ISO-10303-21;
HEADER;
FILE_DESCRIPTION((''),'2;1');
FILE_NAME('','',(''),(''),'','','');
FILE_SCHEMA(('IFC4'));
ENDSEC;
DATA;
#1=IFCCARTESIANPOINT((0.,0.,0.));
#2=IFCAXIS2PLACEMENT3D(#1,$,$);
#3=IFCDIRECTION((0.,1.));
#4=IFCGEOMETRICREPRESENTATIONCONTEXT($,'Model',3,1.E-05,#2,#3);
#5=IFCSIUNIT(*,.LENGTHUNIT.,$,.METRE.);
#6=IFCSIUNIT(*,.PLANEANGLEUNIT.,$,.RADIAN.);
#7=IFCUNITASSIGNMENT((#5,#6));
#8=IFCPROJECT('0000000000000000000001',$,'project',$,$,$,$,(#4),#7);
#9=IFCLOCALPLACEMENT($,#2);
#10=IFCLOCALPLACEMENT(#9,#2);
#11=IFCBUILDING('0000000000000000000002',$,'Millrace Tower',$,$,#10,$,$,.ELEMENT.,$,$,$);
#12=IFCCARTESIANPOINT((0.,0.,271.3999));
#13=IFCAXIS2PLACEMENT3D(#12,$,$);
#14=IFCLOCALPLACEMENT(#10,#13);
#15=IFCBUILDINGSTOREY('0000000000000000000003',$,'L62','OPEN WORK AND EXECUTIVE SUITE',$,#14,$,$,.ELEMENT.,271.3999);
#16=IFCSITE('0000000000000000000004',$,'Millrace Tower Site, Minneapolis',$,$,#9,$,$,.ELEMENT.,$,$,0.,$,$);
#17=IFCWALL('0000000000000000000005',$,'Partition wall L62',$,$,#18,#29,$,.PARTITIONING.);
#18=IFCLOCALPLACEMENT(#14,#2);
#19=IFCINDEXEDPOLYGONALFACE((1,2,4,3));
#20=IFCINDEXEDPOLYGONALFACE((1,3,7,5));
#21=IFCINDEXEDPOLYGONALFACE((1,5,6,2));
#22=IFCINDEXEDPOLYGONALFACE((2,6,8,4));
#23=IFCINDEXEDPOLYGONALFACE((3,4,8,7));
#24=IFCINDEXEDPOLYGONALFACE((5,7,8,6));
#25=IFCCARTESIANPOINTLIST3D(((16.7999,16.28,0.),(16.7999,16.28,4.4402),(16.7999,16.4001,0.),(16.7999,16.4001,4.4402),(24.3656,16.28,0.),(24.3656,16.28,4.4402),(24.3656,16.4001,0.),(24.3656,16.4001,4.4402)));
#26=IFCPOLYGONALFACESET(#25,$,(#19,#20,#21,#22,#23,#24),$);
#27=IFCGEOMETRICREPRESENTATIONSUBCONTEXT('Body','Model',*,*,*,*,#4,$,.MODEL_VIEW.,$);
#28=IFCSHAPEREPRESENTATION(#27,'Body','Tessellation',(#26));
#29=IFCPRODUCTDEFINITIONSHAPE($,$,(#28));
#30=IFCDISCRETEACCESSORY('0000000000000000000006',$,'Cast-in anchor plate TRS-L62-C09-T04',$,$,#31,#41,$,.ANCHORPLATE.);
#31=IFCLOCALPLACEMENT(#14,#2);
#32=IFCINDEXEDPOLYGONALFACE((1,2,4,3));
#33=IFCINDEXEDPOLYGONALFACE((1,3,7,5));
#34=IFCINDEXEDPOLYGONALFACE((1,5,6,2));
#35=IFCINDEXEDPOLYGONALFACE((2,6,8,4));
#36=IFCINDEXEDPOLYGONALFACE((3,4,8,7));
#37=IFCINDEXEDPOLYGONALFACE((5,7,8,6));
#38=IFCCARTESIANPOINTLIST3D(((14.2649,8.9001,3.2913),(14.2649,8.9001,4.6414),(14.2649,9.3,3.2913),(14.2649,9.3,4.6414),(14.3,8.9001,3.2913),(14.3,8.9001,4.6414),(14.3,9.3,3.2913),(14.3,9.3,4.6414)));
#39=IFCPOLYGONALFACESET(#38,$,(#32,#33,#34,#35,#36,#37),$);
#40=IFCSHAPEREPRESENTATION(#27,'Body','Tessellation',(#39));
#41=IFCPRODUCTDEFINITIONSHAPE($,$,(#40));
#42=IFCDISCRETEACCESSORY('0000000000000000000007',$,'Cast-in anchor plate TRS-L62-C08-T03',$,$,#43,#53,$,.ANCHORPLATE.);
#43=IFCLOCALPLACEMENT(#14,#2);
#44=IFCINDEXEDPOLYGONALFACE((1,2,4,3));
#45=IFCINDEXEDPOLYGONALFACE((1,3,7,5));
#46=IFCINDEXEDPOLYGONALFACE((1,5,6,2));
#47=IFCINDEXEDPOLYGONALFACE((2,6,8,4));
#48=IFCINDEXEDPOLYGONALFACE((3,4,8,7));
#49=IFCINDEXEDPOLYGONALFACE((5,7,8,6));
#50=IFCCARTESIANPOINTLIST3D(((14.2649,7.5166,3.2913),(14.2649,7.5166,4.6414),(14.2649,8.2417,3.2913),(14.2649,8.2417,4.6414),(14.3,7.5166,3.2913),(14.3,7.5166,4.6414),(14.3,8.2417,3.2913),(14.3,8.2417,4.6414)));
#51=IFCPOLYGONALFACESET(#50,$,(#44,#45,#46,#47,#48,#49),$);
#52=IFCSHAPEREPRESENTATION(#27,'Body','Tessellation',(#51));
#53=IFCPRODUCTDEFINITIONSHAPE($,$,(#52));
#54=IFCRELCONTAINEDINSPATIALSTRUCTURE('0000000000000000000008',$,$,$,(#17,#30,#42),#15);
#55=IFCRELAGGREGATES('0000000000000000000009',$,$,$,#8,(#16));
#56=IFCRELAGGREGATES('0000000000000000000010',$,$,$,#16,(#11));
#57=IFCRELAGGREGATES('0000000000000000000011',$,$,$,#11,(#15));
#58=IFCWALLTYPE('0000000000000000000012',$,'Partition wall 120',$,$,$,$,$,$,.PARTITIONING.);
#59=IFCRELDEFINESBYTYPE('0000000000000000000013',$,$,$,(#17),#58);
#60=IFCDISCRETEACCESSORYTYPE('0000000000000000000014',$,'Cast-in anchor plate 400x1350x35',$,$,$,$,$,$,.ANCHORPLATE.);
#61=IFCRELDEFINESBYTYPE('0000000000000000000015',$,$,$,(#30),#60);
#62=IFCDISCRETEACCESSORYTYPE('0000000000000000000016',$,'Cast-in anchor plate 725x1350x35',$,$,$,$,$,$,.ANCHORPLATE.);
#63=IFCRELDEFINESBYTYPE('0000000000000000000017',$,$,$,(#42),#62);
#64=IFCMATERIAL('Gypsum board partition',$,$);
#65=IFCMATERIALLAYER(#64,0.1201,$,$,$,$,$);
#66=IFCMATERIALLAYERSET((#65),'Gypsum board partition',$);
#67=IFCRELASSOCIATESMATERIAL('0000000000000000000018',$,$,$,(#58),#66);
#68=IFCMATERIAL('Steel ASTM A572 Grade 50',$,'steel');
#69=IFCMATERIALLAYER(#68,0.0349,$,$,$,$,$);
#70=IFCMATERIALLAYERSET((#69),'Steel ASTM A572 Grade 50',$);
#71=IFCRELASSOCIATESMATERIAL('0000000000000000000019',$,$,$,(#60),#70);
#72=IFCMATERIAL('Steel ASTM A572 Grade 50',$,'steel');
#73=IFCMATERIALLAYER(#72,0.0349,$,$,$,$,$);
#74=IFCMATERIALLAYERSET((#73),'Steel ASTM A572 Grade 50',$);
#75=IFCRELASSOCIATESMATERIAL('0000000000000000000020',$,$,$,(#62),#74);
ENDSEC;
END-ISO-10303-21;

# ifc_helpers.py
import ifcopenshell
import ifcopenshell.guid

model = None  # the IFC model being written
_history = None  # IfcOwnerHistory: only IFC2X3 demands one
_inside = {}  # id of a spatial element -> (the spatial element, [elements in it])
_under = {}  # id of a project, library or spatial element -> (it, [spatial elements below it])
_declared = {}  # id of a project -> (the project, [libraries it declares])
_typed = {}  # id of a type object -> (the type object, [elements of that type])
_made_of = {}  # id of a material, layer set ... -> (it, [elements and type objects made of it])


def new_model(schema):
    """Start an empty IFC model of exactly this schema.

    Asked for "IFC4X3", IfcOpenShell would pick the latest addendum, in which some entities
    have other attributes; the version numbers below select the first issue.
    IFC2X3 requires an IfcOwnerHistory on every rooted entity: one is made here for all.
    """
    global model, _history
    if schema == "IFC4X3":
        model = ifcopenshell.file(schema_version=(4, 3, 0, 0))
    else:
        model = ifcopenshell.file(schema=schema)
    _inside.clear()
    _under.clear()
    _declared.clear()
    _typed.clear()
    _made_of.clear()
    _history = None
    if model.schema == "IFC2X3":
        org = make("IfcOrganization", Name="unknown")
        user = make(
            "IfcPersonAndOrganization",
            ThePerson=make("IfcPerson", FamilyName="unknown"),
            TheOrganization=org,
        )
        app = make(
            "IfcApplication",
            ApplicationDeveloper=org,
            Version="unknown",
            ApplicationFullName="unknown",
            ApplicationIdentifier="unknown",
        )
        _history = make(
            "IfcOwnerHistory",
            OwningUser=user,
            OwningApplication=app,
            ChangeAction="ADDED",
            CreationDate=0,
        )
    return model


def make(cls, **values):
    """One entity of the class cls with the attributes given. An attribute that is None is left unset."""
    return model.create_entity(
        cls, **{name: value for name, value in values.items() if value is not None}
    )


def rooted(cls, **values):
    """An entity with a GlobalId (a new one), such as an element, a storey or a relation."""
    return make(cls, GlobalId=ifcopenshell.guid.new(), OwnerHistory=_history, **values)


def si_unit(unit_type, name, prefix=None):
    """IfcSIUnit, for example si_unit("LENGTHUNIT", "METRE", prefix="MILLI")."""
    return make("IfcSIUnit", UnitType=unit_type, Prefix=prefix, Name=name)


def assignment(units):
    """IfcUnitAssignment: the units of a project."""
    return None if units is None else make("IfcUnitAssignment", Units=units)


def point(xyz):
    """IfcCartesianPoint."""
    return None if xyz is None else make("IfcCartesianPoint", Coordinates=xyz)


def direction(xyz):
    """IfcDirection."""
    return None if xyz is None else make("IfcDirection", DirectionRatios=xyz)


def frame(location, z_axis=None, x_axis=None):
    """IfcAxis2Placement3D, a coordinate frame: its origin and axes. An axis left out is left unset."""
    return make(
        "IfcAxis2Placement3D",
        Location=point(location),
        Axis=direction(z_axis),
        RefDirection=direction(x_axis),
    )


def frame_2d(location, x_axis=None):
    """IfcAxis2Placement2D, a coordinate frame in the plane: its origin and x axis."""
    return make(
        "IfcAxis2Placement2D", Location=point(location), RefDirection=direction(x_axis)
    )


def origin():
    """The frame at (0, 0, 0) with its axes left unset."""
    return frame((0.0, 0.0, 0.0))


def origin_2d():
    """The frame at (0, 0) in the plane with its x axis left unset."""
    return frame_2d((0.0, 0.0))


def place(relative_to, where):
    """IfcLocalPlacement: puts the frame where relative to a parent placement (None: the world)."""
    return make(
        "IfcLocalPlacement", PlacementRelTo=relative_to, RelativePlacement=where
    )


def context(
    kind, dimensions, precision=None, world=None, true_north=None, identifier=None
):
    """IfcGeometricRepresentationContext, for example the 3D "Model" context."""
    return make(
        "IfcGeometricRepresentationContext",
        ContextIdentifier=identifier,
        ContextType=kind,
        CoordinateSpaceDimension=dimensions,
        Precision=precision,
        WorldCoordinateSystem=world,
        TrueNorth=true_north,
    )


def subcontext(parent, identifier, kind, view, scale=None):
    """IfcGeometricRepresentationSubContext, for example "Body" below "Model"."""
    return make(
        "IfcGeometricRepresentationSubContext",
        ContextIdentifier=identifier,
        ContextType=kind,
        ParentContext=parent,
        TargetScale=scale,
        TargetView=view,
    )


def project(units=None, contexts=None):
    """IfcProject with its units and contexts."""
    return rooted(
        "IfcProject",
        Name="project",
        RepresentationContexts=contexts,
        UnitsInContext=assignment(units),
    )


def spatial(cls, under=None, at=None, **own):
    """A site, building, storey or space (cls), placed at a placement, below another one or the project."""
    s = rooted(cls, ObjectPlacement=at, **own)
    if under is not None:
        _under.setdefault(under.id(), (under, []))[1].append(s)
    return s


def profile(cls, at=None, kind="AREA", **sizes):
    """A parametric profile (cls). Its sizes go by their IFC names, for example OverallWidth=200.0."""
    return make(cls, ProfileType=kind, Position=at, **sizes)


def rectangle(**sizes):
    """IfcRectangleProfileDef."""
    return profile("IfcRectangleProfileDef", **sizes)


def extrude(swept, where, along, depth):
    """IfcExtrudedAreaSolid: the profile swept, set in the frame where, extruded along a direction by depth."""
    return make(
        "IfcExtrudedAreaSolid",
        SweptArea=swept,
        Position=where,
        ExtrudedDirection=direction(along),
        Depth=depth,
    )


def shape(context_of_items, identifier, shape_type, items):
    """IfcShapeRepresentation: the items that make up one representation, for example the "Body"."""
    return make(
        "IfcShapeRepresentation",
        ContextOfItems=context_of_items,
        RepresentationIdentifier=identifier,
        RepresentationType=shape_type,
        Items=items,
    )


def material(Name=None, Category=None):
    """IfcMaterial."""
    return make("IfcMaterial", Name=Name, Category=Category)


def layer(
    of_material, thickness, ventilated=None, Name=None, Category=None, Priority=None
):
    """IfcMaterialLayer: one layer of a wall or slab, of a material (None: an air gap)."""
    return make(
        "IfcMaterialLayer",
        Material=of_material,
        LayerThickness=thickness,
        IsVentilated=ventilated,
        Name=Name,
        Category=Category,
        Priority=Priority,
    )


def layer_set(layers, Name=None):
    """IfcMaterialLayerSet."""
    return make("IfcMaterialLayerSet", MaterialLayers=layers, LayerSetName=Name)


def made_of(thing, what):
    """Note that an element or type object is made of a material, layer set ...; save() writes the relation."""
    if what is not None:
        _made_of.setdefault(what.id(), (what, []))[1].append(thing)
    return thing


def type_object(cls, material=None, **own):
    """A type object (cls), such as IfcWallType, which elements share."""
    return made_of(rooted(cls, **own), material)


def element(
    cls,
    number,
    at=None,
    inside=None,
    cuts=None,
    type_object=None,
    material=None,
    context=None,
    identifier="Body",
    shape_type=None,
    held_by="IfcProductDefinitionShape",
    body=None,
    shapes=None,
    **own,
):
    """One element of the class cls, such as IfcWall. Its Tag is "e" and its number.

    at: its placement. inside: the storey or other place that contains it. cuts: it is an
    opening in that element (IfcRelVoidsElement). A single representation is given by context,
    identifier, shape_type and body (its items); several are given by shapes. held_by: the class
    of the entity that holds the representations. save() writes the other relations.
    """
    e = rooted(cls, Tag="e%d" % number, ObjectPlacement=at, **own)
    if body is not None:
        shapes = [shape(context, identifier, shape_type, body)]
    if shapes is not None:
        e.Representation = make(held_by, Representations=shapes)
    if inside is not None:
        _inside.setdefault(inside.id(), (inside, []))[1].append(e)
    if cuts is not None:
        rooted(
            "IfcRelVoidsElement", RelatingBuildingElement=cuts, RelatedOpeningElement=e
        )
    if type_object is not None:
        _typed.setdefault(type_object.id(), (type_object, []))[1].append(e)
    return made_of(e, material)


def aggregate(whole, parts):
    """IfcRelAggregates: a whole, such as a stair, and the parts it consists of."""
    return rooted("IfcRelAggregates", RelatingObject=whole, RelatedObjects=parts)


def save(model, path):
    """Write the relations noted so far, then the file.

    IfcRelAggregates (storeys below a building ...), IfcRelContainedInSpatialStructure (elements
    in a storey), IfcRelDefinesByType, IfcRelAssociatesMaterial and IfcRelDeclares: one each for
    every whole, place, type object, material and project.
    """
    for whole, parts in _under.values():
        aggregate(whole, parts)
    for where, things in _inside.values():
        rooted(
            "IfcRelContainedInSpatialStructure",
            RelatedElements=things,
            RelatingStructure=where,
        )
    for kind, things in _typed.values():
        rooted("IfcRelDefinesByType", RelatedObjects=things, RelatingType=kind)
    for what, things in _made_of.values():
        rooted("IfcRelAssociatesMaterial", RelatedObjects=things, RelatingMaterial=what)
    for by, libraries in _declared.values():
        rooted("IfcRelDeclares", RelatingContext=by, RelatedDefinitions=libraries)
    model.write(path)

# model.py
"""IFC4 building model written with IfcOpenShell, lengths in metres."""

from ifc_helpers import new_model, si_unit, direction, frame, frame_2d, origin, origin_2d, place, context, subcontext, project, spatial, rectangle, extrude, material, layer, layer_set, type_object, element, save


model = new_model("IFC4")

# Units and contexts
model_context = context("Model", 3, precision=1e-05, world=origin(), true_north=direction((0.0, 1.0)))
body_context = subcontext(model_context, "Body", "Model", "MODEL_VIEW")
ifc_project = project(units=[si_unit("LENGTHUNIT", "METRE"), si_unit("PLANEANGLEUNIT", "RADIAN")], contexts=[model_context])

# Site, building, storey
site_placement = place(None, origin())
site = spatial("IfcSite", under=ifc_project, at=site_placement, Name="Millrace Tower Site, Minneapolis", CompositionType="ELEMENT", RefElevation=0.0)
building_placement = place(site_placement, origin())
building = spatial("IfcBuilding", under=site, at=building_placement, Name="Millrace Tower", CompositionType="ELEMENT")
storey_placement = place(building_placement, frame((0.0, 0.0, 271.3999)))
storey = spatial("IfcBuildingStorey", under=building, at=storey_placement, Name="L62", Description="OPEN WORK AND EXECUTIVE SUITE", CompositionType="ELEMENT", Elevation=271.3999)

# Wall
ifc_material_1 = material(Name="Gypsum board partition")
ifc_layer_1 = layer(ifc_material_1, 0.1201)
ifc_layer_set_1 = layer_set([ifc_layer_1], Name="Gypsum board partition")
wall_type_1 = type_object("IfcWallType", Name="Partition wall 120", PredefinedType="PARTITIONING", material=ifc_layer_set_1)
wall_1_placement = place(storey_placement, frame((16.8, 16.3401, 0.0), z_axis=(0.0, 0.0, 1.0), x_axis=(1.0, 0.0, 0.0)))
element("IfcWall", 1, at=wall_1_placement, inside=storey, type_object=wall_type_1, Name="Partition wall L62", PredefinedType="PARTITIONING", context=body_context, shape_type="SweptSolid", body=[
    extrude(rectangle(XDim=7.5657, YDim=0.1201, at=frame_2d((3.7827, 0.0))), origin(), (0.0, 0.0, 1.0), 4.4402),
])

# Discrete accessories
ifc_material_2 = material(Name="Steel ASTM A572 Grade 50", Category="steel")
ifc_layer_2 = layer(ifc_material_2, 0.0349)
ifc_layer_set_2 = layer_set([ifc_layer_2], Name="Steel ASTM A572 Grade 50")
discrete_accessory_type_1 = type_object("IfcDiscreteAccessoryType", Name="Cast-in anchor plate 400x1350x35", PredefinedType="ANCHORPLATE", material=ifc_layer_set_2)
discrete_accessory_1_placement = place(storey_placement, frame((14.2649, 9.1001, 3.9663), z_axis=(1.0, 0.0, 0.0), x_axis=(0.0, 1.0, 0.0)))
element("IfcDiscreteAccessory", 2, at=discrete_accessory_1_placement, inside=storey, type_object=discrete_accessory_type_1, Name="Cast-in anchor plate TRS-L62-C09-T04", PredefinedType="ANCHORPLATE", context=body_context, shape_type="SweptSolid", body=[
    extrude(rectangle(XDim=0.3999, YDim=1.3501, at=origin_2d()), origin(), (0.0, 0.0, 1.0), 0.0352),
])
ifc_material_3 = material(Name="Steel ASTM A572 Grade 50", Category="steel")
ifc_layer_3 = layer(ifc_material_3, 0.0349)
ifc_layer_set_3 = layer_set([ifc_layer_3], Name="Steel ASTM A572 Grade 50")
discrete_accessory_type_2 = type_object("IfcDiscreteAccessoryType", Name="Cast-in anchor plate 725x1350x35", PredefinedType="ANCHORPLATE", material=ifc_layer_set_3)
discrete_accessory_2_placement = place(storey_placement, frame((14.2649, 7.8792, 3.9663), z_axis=(1.0, 0.0, 0.0), x_axis=(0.0, 1.0, 0.0)))
element("IfcDiscreteAccessory", 3, at=discrete_accessory_2_placement, inside=storey, type_object=discrete_accessory_type_2, Name="Cast-in anchor plate TRS-L62-C08-T03", PredefinedType="ANCHORPLATE", context=body_context, shape_type="SweptSolid", body=[
    extrude(rectangle(XDim=0.7251, YDim=1.3501, at=origin_2d()), origin(), (0.0, 0.0, 1.0), 0.0352),
])

save(model, "model.ifc")
